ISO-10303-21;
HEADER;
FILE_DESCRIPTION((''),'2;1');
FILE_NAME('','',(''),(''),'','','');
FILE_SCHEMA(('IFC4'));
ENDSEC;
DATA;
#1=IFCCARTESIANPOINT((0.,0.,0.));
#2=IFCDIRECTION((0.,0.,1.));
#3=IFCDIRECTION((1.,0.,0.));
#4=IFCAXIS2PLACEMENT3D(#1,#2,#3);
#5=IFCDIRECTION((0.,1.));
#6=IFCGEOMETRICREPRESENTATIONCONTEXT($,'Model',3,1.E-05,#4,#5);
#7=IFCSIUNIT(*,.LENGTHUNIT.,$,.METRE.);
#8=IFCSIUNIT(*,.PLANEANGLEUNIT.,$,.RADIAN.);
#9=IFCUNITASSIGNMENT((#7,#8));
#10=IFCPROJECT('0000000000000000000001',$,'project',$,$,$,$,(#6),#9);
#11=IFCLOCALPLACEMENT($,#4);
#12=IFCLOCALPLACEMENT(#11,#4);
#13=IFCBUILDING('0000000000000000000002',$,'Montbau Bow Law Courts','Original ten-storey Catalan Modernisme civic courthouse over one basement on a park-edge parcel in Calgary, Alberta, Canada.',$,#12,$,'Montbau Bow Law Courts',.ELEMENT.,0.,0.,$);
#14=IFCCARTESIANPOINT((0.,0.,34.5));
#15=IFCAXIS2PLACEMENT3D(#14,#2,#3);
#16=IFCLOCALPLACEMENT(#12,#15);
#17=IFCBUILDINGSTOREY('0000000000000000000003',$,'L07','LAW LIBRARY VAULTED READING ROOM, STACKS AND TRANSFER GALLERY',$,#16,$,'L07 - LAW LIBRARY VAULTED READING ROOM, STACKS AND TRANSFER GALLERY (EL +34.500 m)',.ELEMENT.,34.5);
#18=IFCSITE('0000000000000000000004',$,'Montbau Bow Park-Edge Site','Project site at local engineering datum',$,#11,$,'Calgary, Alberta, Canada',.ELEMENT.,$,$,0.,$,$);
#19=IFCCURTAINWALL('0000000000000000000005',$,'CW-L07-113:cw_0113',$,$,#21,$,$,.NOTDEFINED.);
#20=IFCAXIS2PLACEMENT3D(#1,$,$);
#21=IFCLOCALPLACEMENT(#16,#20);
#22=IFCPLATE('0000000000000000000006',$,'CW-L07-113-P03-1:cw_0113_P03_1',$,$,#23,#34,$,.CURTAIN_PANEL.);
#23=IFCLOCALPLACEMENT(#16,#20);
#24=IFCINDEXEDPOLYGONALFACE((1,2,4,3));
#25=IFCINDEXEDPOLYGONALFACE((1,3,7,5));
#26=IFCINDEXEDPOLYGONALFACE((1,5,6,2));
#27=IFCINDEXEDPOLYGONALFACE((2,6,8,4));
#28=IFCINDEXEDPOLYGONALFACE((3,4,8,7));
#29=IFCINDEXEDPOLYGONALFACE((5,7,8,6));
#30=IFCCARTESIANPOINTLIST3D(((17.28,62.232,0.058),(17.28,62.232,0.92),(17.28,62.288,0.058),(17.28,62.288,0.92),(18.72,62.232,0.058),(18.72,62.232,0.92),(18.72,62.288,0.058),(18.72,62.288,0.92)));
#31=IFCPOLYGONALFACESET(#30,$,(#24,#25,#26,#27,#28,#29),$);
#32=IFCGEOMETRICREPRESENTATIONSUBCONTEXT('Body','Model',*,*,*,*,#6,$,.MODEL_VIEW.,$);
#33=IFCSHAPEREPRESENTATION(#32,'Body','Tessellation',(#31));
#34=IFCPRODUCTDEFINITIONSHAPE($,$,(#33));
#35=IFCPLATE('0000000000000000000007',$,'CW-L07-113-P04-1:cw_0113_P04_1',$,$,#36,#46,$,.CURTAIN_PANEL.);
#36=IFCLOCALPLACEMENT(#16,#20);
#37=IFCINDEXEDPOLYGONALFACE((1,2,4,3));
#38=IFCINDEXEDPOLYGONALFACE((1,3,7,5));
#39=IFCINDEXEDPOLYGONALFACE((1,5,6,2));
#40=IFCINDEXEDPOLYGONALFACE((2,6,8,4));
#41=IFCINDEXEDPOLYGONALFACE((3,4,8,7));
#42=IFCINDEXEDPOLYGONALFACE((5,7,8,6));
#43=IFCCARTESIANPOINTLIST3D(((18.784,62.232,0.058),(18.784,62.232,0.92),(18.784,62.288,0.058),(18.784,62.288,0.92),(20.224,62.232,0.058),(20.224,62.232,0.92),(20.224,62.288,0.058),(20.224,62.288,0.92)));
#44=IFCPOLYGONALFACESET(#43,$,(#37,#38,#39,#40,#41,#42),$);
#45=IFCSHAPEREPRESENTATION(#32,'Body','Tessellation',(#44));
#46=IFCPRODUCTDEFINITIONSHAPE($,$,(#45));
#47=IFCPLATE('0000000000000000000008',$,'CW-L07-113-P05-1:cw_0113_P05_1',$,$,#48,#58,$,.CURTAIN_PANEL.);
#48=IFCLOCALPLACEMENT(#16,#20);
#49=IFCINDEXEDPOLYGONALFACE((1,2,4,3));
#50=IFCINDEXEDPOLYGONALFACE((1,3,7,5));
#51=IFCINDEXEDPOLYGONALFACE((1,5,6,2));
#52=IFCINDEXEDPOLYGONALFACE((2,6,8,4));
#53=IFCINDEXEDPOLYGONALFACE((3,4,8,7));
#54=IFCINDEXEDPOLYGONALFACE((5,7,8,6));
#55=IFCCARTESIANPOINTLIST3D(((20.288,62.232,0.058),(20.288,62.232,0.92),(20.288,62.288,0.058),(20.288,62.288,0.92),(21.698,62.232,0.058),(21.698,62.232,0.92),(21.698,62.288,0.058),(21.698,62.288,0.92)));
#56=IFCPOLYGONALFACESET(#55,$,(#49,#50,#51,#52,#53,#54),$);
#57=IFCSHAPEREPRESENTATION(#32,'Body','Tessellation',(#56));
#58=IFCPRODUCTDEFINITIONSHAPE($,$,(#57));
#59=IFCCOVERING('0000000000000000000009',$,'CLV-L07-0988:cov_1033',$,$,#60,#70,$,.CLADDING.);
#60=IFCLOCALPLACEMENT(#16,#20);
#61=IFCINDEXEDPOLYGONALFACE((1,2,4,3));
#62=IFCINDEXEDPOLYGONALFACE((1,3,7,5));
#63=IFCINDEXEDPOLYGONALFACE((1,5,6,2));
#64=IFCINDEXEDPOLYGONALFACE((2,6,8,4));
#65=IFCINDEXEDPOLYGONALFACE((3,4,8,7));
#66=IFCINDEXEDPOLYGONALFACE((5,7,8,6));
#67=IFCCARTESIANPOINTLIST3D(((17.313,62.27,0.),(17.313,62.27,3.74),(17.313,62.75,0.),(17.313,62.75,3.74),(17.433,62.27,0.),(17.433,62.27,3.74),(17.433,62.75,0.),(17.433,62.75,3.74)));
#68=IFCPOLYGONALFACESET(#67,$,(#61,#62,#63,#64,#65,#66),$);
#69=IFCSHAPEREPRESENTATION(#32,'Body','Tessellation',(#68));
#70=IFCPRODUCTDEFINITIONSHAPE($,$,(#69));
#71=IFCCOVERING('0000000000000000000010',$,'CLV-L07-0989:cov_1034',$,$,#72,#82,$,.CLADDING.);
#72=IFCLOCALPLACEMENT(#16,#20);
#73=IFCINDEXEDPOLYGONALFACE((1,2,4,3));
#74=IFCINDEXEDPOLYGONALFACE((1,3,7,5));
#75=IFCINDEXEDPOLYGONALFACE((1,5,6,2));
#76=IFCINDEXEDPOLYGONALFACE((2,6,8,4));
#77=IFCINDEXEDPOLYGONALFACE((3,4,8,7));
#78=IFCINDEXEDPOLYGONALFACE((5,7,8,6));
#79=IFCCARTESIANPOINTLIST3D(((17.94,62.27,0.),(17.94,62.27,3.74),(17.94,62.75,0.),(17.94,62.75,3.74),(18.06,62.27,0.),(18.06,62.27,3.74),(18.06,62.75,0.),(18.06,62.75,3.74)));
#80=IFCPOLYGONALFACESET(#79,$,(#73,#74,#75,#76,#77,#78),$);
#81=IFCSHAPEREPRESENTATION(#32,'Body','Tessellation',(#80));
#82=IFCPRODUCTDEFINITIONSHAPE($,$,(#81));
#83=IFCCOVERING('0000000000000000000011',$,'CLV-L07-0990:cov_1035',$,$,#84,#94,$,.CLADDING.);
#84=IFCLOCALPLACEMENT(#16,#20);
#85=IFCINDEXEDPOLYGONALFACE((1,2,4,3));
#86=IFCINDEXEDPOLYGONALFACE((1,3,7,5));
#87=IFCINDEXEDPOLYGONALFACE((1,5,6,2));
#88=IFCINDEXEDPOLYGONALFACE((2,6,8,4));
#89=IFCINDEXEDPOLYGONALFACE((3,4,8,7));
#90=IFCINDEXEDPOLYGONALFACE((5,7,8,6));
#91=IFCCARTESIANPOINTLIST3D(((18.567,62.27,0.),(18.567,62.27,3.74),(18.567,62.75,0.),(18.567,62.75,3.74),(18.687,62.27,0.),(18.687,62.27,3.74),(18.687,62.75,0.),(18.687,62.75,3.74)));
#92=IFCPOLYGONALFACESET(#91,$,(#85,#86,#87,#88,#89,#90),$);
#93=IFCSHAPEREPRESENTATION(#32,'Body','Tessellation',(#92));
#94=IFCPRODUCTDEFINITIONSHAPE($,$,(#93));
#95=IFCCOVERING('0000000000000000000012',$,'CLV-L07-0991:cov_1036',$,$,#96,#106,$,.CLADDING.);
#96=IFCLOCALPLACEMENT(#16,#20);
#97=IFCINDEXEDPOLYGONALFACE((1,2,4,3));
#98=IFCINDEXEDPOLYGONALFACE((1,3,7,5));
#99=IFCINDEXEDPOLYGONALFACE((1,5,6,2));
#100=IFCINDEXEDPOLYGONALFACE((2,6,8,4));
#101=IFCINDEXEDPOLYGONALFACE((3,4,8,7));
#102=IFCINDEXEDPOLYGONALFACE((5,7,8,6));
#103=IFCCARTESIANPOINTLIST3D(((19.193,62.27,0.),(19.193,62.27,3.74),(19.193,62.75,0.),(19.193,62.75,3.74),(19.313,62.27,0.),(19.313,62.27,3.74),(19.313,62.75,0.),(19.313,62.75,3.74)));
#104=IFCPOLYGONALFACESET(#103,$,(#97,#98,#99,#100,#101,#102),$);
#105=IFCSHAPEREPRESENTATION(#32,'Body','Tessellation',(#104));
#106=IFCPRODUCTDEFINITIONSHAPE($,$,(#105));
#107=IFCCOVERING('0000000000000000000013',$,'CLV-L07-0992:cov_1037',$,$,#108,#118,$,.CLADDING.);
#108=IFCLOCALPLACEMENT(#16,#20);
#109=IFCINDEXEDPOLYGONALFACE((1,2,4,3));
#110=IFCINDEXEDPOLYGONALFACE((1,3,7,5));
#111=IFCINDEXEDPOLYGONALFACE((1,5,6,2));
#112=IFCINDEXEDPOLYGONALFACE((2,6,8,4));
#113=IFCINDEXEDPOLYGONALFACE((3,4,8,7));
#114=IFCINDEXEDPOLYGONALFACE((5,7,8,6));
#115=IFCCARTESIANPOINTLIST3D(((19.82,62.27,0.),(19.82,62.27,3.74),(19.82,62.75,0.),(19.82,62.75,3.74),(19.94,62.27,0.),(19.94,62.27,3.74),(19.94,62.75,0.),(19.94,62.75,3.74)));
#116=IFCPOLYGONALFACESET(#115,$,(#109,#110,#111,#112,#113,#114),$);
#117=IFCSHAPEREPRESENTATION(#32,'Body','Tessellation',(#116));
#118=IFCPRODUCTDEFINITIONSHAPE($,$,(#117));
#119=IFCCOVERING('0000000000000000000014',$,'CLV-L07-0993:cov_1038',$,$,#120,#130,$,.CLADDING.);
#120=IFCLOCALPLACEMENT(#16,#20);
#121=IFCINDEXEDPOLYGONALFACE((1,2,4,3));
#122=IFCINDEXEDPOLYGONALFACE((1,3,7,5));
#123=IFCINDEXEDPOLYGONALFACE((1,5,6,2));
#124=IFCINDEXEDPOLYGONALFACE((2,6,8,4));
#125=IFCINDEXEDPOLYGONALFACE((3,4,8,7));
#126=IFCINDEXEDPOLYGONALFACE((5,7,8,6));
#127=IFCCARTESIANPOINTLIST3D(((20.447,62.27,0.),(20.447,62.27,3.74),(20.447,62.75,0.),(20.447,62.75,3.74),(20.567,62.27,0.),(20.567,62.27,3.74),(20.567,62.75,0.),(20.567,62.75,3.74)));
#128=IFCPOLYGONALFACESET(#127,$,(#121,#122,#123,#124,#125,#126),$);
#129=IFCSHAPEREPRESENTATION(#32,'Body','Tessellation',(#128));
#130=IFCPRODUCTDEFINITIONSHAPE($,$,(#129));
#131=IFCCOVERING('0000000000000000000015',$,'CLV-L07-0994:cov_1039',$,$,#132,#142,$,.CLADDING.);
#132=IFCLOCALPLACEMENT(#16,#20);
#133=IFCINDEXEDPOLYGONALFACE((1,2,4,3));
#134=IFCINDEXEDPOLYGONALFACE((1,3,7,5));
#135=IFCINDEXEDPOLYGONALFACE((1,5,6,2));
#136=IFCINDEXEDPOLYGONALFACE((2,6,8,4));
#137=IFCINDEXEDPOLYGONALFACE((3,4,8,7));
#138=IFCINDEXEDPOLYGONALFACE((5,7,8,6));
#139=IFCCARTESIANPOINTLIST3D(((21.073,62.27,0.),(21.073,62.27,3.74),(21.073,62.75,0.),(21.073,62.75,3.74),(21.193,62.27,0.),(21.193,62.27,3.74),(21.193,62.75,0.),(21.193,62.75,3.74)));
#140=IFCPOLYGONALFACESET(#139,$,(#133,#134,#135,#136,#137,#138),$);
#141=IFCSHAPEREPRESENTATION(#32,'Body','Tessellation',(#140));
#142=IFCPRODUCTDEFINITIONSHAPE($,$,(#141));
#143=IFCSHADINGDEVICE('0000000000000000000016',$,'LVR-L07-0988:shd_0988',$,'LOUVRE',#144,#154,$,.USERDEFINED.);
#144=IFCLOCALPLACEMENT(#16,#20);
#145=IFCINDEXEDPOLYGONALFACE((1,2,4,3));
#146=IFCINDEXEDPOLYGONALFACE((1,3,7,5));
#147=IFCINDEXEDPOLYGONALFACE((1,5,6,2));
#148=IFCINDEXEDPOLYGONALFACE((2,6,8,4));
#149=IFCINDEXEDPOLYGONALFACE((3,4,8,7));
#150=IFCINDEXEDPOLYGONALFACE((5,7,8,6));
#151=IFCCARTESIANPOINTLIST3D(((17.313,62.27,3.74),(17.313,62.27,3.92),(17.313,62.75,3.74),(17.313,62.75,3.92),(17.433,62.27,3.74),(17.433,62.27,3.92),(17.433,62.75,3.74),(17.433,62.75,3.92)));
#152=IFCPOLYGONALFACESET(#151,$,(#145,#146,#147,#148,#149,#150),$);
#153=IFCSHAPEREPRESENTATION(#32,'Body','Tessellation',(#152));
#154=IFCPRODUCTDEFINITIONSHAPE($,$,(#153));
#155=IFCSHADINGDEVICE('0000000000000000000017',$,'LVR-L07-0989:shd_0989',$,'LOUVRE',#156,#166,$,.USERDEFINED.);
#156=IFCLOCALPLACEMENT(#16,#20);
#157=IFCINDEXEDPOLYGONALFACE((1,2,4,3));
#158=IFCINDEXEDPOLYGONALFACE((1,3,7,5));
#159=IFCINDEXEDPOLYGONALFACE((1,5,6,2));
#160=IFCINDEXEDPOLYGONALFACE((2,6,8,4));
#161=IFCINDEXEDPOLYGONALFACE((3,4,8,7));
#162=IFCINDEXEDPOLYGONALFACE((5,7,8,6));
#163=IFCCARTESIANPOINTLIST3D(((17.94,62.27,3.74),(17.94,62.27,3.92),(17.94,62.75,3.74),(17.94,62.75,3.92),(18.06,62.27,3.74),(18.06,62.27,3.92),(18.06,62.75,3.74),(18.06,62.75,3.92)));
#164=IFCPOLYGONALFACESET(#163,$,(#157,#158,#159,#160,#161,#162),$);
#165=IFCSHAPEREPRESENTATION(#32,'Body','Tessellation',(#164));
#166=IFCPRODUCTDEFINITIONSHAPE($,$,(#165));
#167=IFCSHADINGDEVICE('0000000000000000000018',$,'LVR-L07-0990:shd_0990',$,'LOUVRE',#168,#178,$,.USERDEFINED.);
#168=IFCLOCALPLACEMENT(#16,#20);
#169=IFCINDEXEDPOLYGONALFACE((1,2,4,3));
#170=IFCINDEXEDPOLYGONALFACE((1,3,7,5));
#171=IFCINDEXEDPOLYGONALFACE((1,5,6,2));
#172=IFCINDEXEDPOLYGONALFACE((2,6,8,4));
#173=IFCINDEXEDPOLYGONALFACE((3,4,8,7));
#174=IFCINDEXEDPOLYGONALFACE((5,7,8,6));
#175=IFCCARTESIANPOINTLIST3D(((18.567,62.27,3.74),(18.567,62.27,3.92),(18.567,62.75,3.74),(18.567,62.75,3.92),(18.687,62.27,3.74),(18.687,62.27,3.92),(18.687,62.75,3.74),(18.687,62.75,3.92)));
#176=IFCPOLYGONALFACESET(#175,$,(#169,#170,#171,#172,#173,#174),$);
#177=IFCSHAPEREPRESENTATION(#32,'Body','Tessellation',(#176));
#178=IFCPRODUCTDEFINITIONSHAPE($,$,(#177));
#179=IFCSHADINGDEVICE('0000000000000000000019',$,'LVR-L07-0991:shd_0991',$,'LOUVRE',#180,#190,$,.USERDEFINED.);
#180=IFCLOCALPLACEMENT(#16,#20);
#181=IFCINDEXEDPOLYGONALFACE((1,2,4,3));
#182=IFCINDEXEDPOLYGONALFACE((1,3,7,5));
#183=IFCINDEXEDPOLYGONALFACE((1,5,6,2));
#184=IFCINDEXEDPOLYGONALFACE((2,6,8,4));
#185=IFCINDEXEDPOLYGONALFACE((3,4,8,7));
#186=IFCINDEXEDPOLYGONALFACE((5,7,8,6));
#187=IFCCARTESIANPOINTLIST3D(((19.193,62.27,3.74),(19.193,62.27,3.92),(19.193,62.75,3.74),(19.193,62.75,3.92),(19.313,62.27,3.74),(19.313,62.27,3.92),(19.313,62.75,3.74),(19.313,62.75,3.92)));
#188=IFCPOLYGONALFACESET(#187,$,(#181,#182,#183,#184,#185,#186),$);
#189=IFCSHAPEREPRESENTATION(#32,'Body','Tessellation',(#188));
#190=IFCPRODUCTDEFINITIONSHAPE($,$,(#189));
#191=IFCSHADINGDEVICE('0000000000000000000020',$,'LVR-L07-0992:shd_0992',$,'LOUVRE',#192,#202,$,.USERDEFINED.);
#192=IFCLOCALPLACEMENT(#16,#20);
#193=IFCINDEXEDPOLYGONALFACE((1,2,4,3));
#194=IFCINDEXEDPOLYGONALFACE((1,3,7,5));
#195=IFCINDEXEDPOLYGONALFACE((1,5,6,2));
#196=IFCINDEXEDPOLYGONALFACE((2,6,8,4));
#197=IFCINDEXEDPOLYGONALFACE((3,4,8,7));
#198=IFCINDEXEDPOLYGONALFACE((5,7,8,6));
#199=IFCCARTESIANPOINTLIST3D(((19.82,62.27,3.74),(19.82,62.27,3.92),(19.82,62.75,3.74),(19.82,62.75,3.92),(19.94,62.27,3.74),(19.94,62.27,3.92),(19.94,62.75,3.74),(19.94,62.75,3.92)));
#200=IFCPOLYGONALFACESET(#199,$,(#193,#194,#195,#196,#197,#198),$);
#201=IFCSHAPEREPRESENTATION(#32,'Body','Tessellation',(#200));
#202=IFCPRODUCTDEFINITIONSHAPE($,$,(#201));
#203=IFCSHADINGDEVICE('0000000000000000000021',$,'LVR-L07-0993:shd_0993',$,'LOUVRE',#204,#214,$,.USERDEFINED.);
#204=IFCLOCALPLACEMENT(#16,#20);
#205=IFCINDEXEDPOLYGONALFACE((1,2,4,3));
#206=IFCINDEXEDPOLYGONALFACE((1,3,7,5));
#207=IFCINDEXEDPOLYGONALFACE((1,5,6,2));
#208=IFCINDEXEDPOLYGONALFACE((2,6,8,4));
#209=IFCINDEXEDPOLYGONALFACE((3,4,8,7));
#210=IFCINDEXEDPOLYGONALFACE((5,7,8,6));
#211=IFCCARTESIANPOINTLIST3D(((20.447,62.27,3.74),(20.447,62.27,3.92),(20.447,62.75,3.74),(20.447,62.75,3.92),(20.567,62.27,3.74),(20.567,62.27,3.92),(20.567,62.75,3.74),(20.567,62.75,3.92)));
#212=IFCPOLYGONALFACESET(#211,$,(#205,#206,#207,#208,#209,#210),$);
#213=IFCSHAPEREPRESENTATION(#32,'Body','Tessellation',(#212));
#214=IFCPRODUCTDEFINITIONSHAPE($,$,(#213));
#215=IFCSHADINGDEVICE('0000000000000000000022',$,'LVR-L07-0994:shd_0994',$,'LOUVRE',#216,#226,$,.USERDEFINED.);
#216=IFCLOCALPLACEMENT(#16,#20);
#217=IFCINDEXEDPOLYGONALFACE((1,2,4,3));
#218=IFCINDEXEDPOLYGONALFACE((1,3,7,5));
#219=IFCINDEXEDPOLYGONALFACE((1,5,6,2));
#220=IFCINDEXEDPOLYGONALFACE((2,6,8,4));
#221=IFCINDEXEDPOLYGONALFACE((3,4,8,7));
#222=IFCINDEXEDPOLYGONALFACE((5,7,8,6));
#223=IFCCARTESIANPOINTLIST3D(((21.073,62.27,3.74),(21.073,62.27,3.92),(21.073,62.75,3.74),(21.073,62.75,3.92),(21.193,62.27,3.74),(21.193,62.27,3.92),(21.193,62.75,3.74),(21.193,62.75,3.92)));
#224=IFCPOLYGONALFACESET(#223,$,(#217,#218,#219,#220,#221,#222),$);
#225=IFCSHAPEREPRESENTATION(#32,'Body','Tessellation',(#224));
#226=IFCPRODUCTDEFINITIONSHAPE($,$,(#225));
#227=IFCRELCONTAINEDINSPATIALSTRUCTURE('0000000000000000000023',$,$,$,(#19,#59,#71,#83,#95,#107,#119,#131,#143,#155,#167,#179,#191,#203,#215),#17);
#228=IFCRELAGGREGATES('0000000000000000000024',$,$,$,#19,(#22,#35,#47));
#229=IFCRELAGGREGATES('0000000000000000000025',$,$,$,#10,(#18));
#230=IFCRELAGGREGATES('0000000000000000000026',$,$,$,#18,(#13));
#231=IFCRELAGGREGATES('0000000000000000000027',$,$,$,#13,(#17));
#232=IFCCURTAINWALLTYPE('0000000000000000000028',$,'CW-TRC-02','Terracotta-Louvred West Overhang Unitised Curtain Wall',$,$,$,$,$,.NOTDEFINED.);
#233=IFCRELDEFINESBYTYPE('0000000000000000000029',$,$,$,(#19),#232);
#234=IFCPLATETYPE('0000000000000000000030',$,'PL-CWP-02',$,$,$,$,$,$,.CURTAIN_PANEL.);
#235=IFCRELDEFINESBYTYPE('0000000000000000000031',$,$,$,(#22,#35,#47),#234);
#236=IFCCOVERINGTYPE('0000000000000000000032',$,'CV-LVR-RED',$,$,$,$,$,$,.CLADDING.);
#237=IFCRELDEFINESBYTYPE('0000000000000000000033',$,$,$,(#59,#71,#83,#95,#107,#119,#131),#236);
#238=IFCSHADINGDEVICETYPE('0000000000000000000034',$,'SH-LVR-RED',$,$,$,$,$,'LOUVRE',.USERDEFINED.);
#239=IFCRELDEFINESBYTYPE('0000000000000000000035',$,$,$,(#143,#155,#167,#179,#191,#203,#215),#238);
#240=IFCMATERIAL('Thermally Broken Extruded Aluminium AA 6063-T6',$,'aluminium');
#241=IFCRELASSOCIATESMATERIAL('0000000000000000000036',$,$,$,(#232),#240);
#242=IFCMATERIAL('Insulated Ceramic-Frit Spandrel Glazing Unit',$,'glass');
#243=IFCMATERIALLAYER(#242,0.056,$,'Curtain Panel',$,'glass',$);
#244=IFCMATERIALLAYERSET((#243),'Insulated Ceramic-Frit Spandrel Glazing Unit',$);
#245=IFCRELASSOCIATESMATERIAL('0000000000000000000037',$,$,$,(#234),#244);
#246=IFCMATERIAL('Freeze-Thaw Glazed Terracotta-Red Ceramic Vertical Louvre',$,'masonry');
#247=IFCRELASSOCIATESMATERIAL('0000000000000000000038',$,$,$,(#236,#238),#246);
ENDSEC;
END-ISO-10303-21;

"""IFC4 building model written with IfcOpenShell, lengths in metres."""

from ifc_helpers import new_model, si_unit, direction, frame, frame_2d, origin_with_axes, origin_2d_with_axis, place, context, subcontext, project, spatial, rectangle, extrude, material, layer, layer_set, type_object, element, aggregate, save


model = new_model("IFC4")

# Units and contexts
model_context = context("Model", 3, precision=1e-05, world=origin_with_axes(), true_north=direction((0.0, 1.0)))
body_context = subcontext(model_context, "Body", "Model", "MODEL_VIEW")
ifc_project = project(units=[si_unit("LENGTHUNIT", "METRE"), si_unit("PLANEANGLEUNIT", "RADIAN")], contexts=[model_context])

# Site, building, storey
site_placement = place(None, origin_with_axes())
site = spatial("IfcSite", under=ifc_project, at=site_placement, Name="Montbau Bow Park-Edge Site", Description="Project site at local engineering datum", LongName="Calgary, Alberta, Canada", CompositionType="ELEMENT", RefElevation=0.0)
building_placement = place(site_placement, origin_with_axes())
building = spatial("IfcBuilding", under=site, at=building_placement, Name="Montbau Bow Law Courts", Description="Original ten-storey Catalan Modernisme civic courthouse over one basement on a park-edge parcel in Calgary, Alberta, Canada.", LongName="Montbau Bow Law Courts", CompositionType="ELEMENT", ElevationOfRefHeight=0.0, ElevationOfTerrain=0.0)
storey_placement = place(building_placement, frame((0.0, 0.0, 34.5), z_axis=(0.0, 0.0, 1.0), x_axis=(1.0, 0.0, 0.0)))
storey = spatial("IfcBuildingStorey", under=building, at=storey_placement, Name="L07", Description="LAW LIBRARY VAULTED READING ROOM, STACKS AND TRANSFER GALLERY", LongName="L07 - LAW LIBRARY VAULTED READING ROOM, STACKS AND TRANSFER GALLERY (EL +34.500 m)", CompositionType="ELEMENT", Elevation=34.5)

# Curtain wall, plates
ifc_material_1 = material(Name="Thermally Broken Extruded Aluminium AA 6063-T6", Category="aluminium")
curtain_wall_type = type_object("IfcCurtainWallType", Name="CW-TRC-02", Description="Terracotta-Louvred West Overhang Unitised Curtain Wall", PredefinedType="NOTDEFINED", material=ifc_material_1)
curtain_wall_placement = place(None, frame((14.24, 62.26, 34.5), z_axis=(0.0, 0.0, 1.0), x_axis=(1.0, 0.0, 0.0)))
curtain_wall = element("IfcCurtainWall", 1, at=curtain_wall_placement, inside=storey, type_object=curtain_wall_type, Name="CW-L07-113:cw_0113", PredefinedType="NOTDEFINED")
ifc_material_2 = material(Name="Insulated Ceramic-Frit Spandrel Glazing Unit", Category="glass")
ifc_layer_1 = layer(ifc_material_2, 0.056, Name="Curtain Panel", Category="glass")
ifc_layer_set_1 = layer_set([ifc_layer_1], Name="Insulated Ceramic-Frit Spandrel Glazing Unit")
plate_type_1 = type_object("IfcPlateType", Name="PL-CWP-02", PredefinedType="CURTAIN_PANEL", material=ifc_layer_set_1)
plate_1_placement = place(None, frame((17.28, 62.26, 34.558), z_axis=(0.0, -1.0, 0.0), x_axis=(1.0, 0.0, 0.0)))
plate_1 = element("IfcPlate", 2, at=plate_1_placement, type_object=plate_type_1, Name="CW-L07-113-P03-1:cw_0113_P03_1", PredefinedType="CURTAIN_PANEL", context=body_context, shape_type="SweptSolid", body=[
    extrude(rectangle(XDim=1.44, YDim=0.862, at=frame_2d((0.72, 0.431), x_axis=(1.0, 0.0))), frame((0.0, 0.0, -0.028), z_axis=(0.0, 0.0, 1.0), x_axis=(1.0, 0.0, 0.0)), (0.0, 0.0, 1.0), 0.056),
])
plate_2_placement = place(None, frame((18.784, 62.26, 34.558), z_axis=(0.0, -1.0, 0.0), x_axis=(1.0, 0.0, 0.0)))
plate_2 = element("IfcPlate", 3, at=plate_2_placement, type_object=plate_type_1, Name="CW-L07-113-P04-1:cw_0113_P04_1", PredefinedType="CURTAIN_PANEL", context=body_context, shape_type="SweptSolid", body=[
    extrude(rectangle(XDim=1.44, YDim=0.862, at=frame_2d((0.72, 0.431), x_axis=(1.0, 0.0))), frame((0.0, 0.0, -0.028), z_axis=(0.0, 0.0, 1.0), x_axis=(1.0, 0.0, 0.0)), (0.0, 0.0, 1.0), 0.056),
])
plate_3_placement = place(None, frame((20.288, 62.26, 34.558), z_axis=(0.0, -1.0, 0.0), x_axis=(1.0, 0.0, 0.0)))
plate_3 = element("IfcPlate", 4, at=plate_3_placement, type_object=plate_type_1, Name="CW-L07-113-P05-1:cw_0113_P05_1", PredefinedType="CURTAIN_PANEL", context=body_context, shape_type="SweptSolid", body=[
    extrude(rectangle(XDim=1.41, YDim=0.862, at=frame_2d((0.705, 0.431), x_axis=(1.0, 0.0))), frame((0.0, 0.0, -0.028), z_axis=(0.0, 0.0, 1.0), x_axis=(1.0, 0.0, 0.0)), (0.0, 0.0, 1.0), 0.056),
])
aggregate(curtain_wall, [plate_1, plate_2, plate_3])

# Coverings
ifc_material_3 = material(Name="Freeze-Thaw Glazed Terracotta-Red Ceramic Vertical Louvre", Category="masonry")
covering_type = type_object("IfcCoveringType", Name="CV-LVR-RED", PredefinedType="CLADDING", material=ifc_material_3)
for number, where, z_axis, x_axis, name in (
    (5, (17.373, 62.27, 34.5), (1.0, 0.0, 0.0), (0.0, 1.0, 0.0), "CLV-L07-0988:cov_1033"),
    (6, (18.0, 62.27, 34.5), (1.0, 0.0, 0.0), (0.0, 1.0, 0.0), "CLV-L07-0989:cov_1034"),
    (7, (18.627, 62.27, 34.5), (1.0, 0.0, 0.0), (0.0, 1.0, 0.0), "CLV-L07-0990:cov_1035"),
    (8, (19.253, 62.27, 34.5), (1.0, 0.0, 0.0), (0.0, 1.0, 0.0), "CLV-L07-0991:cov_1036"),
    (9, (19.88, 62.27, 34.5), (1.0, 0.0, 0.0), (0.0, 1.0, 0.0), "CLV-L07-0992:cov_1037"),
    (10, (20.507, 62.27, 34.5), (1.0, 0.0, 0.0), (0.0, 1.0, 0.0), "CLV-L07-0993:cov_1038"),
    (11, (21.133, 62.27, 34.5), (1.0, 0.0, 0.0), (0.0, 1.0, 0.0), "CLV-L07-0994:cov_1039"),
):
    element("IfcCovering", number, at=place(None, frame(where, z_axis=z_axis, x_axis=x_axis)), inside=storey, type_object=covering_type, Name=name, PredefinedType="CLADDING", context=body_context, shape_type="SweptSolid", body=[
        extrude(rectangle(XDim=0.48, YDim=3.74, at=frame_2d((0.24, 1.87), x_axis=(1.0, 0.0))), frame((0.0, 0.0, -0.06), z_axis=(0.0, 0.0, 1.0), x_axis=(1.0, 0.0, 0.0)), (0.0, 0.0, 1.0), 0.12),
    ])

# Shading devices
shading_device_type = type_object("IfcShadingDeviceType", Name="SH-LVR-RED", ElementType="LOUVRE", PredefinedType="USERDEFINED", material=ifc_material_3)
for number, where, z_axis, x_axis, name in (
    (12, (17.373, 62.51, 38.24), (0.0, 0.0, 1.0), (0.0, 1.0, 0.0), "LVR-L07-0988:shd_0988"),
    (13, (18.0, 62.51, 38.24), (0.0, 0.0, 1.0), (0.0, 1.0, 0.0), "LVR-L07-0989:shd_0989"),
    (14, (18.627, 62.51, 38.24), (0.0, 0.0, 1.0), (0.0, 1.0, 0.0), "LVR-L07-0990:shd_0990"),
    (15, (19.253, 62.51, 38.24), (0.0, 0.0, 1.0), (0.0, 1.0, 0.0), "LVR-L07-0991:shd_0991"),
    (16, (19.88, 62.51, 38.24), (0.0, 0.0, 1.0), (0.0, 1.0, 0.0), "LVR-L07-0992:shd_0992"),
    (17, (20.507, 62.51, 38.24), (0.0, 0.0, 1.0), (0.0, 1.0, 0.0), "LVR-L07-0993:shd_0993"),
    (18, (21.133, 62.51, 38.24), (0.0, 0.0, 1.0), (0.0, 1.0, 0.0), "LVR-L07-0994:shd_0994"),
):
    element("IfcShadingDevice", number, at=place(None, frame(where, z_axis=z_axis, x_axis=x_axis)), inside=storey, type_object=shading_device_type, Name=name, ObjectType="LOUVRE", PredefinedType="USERDEFINED", context=body_context, shape_type="SweptSolid", body=[
        extrude(rectangle(XDim=0.48, YDim=0.12, at=origin_2d_with_axis()), origin_with_axes(), (0.0, 0.0, 1.0), 0.18),
    ])

save(model, "model.ifc")
